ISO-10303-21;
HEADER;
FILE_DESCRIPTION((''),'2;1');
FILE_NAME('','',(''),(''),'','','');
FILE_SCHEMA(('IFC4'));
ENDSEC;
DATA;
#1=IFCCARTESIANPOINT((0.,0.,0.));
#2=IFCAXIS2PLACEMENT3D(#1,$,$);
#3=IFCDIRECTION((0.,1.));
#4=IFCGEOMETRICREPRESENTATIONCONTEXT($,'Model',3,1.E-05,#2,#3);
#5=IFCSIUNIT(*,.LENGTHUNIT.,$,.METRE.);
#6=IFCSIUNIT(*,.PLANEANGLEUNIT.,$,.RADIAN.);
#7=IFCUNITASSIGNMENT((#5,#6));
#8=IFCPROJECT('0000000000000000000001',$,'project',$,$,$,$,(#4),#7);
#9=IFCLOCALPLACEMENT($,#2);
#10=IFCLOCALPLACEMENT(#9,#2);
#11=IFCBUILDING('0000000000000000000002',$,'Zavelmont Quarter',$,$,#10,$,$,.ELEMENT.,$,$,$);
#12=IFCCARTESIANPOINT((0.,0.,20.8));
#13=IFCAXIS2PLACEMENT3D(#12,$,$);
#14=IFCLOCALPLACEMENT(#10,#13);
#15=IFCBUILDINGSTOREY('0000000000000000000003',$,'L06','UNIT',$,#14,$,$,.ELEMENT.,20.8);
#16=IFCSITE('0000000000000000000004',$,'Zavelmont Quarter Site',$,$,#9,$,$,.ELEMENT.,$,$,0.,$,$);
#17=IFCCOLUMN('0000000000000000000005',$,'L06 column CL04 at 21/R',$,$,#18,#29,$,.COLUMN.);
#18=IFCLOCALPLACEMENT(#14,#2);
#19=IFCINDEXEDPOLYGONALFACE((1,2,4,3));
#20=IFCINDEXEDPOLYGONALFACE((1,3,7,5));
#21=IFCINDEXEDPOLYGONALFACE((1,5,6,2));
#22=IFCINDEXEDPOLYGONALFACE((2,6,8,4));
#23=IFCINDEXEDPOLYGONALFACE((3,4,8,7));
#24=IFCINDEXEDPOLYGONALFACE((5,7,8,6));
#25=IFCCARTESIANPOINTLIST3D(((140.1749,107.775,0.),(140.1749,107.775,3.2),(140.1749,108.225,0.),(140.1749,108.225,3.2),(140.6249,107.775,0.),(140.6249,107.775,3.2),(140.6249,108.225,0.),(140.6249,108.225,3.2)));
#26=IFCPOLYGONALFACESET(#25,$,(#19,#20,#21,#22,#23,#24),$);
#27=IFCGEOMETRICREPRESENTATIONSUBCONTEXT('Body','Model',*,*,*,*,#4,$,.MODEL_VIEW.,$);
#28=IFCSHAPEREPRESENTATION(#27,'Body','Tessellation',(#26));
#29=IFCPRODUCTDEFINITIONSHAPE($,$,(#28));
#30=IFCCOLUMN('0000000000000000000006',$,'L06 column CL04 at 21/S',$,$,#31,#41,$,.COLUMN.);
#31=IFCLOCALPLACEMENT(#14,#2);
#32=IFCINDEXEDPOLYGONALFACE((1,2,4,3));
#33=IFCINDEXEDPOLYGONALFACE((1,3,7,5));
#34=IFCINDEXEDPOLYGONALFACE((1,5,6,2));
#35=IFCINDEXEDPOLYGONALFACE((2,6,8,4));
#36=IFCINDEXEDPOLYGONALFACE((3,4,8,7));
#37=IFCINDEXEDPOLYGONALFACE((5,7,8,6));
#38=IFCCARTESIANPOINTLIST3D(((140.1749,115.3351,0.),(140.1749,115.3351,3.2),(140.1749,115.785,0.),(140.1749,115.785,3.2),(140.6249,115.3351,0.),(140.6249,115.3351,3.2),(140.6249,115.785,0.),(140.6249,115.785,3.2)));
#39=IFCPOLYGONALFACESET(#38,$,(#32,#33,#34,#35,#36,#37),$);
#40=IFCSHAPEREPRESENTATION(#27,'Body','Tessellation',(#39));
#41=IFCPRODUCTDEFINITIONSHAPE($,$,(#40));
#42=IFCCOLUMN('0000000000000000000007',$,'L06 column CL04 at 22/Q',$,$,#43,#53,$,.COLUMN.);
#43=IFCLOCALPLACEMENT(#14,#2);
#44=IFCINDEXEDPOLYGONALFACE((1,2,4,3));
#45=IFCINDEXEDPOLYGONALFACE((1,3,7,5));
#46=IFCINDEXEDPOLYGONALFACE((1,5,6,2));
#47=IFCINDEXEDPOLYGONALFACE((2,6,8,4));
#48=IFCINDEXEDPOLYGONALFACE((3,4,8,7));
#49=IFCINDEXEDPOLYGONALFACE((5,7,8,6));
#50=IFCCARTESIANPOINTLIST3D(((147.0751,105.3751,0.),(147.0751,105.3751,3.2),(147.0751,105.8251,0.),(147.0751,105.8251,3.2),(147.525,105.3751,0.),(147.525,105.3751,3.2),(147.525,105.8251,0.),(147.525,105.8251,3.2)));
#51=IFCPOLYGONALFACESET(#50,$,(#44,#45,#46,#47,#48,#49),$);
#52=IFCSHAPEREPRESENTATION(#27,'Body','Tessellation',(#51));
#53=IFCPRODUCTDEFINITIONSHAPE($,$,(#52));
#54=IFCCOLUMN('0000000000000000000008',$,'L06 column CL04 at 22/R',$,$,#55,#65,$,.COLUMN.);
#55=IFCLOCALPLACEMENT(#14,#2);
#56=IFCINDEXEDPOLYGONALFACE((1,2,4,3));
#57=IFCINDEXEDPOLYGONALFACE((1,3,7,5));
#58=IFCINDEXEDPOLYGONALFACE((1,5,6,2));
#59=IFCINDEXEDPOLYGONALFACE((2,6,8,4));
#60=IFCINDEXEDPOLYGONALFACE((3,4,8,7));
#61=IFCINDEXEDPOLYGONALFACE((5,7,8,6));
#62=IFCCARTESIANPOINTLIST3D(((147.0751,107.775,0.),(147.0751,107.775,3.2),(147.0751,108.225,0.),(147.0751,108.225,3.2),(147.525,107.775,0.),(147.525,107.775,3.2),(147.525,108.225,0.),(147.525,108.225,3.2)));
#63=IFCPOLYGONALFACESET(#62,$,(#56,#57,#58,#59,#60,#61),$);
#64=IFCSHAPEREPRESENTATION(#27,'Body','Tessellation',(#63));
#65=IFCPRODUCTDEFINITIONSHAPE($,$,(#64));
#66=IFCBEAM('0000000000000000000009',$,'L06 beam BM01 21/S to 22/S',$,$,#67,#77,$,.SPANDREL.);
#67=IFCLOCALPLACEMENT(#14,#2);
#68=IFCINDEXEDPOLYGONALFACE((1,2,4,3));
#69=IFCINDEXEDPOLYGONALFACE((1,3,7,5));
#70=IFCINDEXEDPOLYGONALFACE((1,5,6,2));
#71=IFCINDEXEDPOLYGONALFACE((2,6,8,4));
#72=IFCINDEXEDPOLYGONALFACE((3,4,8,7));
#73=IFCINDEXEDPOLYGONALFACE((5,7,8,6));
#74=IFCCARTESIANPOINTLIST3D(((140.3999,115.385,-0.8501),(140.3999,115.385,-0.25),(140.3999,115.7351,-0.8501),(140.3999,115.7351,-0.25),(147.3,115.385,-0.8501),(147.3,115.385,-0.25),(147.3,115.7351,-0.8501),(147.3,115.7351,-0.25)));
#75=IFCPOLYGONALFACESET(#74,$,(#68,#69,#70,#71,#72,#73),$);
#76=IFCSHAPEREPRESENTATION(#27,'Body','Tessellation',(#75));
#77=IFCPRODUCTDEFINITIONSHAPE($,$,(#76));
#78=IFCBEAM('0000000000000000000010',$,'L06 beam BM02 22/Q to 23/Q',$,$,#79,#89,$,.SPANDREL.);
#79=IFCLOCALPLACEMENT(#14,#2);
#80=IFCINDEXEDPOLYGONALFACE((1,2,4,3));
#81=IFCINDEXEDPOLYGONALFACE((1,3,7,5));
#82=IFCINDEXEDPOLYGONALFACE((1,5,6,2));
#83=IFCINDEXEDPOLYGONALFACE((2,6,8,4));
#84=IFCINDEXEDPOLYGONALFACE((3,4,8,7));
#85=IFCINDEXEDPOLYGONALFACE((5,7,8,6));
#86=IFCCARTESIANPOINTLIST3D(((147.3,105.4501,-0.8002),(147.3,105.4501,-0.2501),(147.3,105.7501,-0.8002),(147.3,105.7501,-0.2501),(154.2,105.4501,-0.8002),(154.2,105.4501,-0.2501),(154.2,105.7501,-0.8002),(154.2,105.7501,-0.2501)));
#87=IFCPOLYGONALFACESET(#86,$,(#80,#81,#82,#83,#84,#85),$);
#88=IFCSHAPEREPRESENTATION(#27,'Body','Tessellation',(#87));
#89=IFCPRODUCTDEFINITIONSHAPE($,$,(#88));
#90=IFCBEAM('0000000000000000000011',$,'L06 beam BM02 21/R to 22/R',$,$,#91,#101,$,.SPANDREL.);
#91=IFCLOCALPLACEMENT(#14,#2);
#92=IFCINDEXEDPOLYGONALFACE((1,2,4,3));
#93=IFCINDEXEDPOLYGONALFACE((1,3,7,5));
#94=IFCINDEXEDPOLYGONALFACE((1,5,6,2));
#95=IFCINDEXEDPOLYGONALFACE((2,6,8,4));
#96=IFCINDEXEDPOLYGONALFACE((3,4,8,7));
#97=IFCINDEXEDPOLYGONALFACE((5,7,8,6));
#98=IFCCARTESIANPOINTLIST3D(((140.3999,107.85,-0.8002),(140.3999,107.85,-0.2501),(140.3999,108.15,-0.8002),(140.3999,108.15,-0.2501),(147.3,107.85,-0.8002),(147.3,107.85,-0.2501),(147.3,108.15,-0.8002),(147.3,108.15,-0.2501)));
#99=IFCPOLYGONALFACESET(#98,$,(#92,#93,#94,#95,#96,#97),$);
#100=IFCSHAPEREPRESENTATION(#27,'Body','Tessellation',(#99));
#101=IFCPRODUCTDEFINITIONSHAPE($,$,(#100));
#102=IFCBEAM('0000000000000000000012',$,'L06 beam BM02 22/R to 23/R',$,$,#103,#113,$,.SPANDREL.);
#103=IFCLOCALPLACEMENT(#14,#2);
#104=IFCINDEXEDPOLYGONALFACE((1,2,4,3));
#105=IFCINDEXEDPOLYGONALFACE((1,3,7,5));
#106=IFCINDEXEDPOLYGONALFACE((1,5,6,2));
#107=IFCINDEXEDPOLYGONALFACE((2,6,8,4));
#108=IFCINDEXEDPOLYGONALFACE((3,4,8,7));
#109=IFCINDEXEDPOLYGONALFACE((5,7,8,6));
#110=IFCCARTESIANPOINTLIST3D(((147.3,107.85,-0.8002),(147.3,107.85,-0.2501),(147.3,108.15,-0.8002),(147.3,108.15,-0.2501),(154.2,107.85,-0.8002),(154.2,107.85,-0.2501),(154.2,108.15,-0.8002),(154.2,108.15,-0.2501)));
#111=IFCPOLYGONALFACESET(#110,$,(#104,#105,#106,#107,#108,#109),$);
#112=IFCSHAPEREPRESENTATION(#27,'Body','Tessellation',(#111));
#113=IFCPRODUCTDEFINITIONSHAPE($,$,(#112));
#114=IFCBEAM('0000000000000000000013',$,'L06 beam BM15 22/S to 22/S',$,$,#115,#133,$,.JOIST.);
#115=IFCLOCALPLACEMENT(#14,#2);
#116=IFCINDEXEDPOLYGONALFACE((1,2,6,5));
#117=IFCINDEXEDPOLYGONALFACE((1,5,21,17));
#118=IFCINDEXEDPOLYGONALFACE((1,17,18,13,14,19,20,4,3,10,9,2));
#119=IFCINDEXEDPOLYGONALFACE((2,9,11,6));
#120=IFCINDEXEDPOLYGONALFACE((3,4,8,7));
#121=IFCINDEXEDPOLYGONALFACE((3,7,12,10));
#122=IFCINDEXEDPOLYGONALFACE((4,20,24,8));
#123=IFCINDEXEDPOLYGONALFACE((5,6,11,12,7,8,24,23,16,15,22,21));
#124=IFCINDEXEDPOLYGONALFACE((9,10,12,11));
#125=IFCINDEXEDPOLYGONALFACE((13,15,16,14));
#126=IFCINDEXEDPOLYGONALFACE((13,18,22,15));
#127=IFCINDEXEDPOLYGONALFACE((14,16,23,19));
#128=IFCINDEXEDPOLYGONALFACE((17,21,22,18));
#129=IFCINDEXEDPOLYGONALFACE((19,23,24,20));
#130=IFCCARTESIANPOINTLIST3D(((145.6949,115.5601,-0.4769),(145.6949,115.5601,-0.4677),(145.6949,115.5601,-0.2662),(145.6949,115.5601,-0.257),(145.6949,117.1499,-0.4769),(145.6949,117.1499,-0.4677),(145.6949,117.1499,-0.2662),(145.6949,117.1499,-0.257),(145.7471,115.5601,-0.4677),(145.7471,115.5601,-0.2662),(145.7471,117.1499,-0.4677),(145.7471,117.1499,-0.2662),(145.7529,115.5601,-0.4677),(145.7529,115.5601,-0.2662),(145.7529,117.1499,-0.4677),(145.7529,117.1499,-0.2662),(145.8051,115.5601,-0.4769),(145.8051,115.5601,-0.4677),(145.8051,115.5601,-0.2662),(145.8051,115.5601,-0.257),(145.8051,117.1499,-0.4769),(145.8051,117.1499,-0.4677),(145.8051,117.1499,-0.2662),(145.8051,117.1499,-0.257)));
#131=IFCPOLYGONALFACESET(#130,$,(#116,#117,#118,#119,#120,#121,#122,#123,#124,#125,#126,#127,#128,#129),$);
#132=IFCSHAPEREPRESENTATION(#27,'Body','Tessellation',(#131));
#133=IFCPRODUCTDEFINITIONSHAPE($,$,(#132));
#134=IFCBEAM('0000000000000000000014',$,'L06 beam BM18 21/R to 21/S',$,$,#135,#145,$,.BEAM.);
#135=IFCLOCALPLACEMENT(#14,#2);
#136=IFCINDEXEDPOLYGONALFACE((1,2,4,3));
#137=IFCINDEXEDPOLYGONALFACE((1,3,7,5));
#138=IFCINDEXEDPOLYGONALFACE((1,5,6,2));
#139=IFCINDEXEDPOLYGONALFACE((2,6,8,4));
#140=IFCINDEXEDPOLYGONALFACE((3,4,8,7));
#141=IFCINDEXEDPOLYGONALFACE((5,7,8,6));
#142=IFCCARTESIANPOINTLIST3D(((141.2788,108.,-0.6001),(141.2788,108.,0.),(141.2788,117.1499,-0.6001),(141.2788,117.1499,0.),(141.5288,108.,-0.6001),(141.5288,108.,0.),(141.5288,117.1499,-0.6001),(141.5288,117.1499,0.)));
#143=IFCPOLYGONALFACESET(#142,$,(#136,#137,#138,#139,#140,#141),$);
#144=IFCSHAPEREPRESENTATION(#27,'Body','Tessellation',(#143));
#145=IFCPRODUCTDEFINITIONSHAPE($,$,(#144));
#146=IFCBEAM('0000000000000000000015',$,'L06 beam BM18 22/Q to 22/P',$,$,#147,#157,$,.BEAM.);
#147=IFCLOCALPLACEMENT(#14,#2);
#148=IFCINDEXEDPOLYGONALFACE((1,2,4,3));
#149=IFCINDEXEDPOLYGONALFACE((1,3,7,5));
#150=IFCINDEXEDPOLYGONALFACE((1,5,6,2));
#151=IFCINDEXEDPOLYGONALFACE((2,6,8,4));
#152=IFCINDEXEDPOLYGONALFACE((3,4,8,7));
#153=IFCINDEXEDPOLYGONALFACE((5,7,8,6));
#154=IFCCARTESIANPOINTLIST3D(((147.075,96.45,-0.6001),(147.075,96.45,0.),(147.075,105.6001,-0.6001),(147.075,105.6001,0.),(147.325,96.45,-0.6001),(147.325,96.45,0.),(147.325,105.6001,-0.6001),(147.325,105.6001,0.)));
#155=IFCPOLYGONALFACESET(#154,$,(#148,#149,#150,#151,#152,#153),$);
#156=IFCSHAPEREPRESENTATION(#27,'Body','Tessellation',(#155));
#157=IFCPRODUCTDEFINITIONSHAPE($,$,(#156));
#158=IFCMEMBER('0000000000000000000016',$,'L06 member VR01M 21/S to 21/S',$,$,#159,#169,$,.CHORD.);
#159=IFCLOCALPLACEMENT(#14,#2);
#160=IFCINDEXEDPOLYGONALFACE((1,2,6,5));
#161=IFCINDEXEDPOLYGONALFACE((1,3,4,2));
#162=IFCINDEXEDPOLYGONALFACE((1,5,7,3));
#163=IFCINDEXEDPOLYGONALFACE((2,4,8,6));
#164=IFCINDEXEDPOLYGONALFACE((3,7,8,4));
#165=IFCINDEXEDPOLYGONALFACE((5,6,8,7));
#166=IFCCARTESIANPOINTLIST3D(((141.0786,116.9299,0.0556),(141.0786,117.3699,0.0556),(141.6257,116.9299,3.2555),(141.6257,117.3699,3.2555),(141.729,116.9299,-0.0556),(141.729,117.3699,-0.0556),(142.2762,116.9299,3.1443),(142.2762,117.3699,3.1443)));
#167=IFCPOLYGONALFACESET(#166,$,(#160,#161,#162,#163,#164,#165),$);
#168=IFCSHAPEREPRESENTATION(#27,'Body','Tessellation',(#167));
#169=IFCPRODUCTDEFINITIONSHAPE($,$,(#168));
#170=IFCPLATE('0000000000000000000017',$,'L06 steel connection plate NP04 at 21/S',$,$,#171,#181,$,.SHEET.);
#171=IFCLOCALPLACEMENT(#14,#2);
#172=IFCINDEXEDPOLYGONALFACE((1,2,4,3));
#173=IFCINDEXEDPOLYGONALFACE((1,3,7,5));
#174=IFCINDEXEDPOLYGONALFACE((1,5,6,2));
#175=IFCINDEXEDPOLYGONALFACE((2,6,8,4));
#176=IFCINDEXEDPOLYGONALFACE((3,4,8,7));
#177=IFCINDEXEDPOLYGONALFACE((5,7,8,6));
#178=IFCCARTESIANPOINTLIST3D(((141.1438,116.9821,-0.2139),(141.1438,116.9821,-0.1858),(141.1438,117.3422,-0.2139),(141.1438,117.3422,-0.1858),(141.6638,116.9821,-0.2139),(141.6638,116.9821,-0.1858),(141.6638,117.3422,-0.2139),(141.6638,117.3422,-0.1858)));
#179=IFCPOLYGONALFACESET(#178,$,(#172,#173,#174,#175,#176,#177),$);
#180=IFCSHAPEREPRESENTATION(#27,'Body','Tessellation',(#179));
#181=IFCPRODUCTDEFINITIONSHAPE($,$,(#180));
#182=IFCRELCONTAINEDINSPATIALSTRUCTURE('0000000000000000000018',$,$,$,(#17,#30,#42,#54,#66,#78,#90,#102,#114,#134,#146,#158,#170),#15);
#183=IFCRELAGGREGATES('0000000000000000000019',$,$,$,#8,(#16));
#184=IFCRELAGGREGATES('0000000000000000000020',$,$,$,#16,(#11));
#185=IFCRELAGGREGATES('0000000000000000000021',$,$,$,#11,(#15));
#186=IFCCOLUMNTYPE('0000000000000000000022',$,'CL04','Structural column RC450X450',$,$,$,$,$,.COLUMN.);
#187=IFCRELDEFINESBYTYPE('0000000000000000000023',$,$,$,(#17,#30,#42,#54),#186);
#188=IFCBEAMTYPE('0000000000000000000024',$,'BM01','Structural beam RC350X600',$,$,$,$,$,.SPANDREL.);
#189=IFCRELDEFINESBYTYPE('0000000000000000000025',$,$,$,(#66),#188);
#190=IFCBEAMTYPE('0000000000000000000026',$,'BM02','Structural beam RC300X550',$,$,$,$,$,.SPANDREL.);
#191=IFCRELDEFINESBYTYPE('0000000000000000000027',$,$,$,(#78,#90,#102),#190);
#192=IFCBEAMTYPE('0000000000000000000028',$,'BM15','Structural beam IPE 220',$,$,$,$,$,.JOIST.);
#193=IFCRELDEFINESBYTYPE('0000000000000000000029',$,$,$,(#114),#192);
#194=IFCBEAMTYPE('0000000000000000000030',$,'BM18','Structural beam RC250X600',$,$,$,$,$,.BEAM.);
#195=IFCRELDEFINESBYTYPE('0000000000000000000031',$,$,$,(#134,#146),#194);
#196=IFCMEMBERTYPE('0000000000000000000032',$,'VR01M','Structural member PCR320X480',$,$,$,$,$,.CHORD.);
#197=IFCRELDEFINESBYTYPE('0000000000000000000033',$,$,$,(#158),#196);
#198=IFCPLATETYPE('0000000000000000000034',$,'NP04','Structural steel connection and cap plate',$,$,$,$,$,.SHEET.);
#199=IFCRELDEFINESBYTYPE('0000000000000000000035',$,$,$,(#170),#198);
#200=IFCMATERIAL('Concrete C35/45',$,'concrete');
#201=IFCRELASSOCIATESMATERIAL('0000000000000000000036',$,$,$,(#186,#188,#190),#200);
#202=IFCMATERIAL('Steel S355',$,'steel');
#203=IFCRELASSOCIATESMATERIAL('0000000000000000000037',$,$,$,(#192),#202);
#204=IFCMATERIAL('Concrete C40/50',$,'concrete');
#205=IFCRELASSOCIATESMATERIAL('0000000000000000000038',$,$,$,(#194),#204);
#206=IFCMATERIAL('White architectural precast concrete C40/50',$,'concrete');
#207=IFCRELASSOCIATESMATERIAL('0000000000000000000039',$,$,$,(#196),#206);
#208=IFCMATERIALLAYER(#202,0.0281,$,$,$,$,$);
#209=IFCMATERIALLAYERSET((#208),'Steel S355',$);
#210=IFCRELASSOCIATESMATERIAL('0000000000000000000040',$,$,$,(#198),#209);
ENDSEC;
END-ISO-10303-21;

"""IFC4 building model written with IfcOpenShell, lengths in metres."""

from ifc_helpers import new_model, si_unit, direction, frame, origin, origin_2d, place, context, subcontext, project, spatial, rectangle, i_section, extrude, material, layer, layer_set, material_profile, profile_set, type_object, element, save


model = new_model("IFC4")

# Units and contexts
model_context = context("Model", 3, precision=1e-05, world=origin(), true_north=direction((0.0, 1.0)))
body_context = subcontext(model_context, "Body", "Model", "MODEL_VIEW")
ifc_project = project(units=[si_unit("LENGTHUNIT", "METRE"), si_unit("PLANEANGLEUNIT", "RADIAN")], contexts=[model_context])

# Site, building, storey
site_placement = place(None, origin())
site = spatial("IfcSite", under=ifc_project, at=site_placement, Name="Zavelmont Quarter Site", CompositionType="ELEMENT", RefElevation=0.0)
building_placement = place(site_placement, origin())
building = spatial("IfcBuilding", under=site, at=building_placement, Name="Zavelmont Quarter", CompositionType="ELEMENT")
storey_placement = place(building_placement, frame((0.0, 0.0, 20.8)))
storey = spatial("IfcBuildingStorey", under=building, at=storey_placement, Name="L06", Description="UNIT", CompositionType="ELEMENT", Elevation=20.8)

# Columns
ifc_material_1 = material(Name="Concrete C35/45", Category="concrete")
ifc_material_profile_1 = material_profile(ifc_material_1, rectangle(XDim=0.45, YDim=0.45, at=origin_2d()), Name="RC450X450")
ifc_profile_set_1 = profile_set([ifc_material_profile_1], Name="Concrete C35/45")
column_type = type_object("IfcColumnType", Name="CL04", Description="Structural column RC450X450", PredefinedType="COLUMN", material=ifc_profile_set_1)
for number, where, z_axis, x_axis, name in (
    (1, (140.3999, 108.0, 0.0), (0.0, 0.0, 1.0), (1.0, 0.0, 0.0), "L06 column CL04 at 21/R"),
    (2, (140.3999, 115.5601, 0.0), (0.0, 0.0, 1.0), (1.0, 0.0, 0.0), "L06 column CL04 at 21/S"),
    (3, (147.3, 105.6001, 0.0), (0.0, 0.0, 1.0), (1.0, 0.0, 0.0), "L06 column CL04 at 22/Q"),
    (4, (147.3, 108.0, 0.0), (0.0, 0.0, 1.0), (1.0, 0.0, 0.0), "L06 column CL04 at 22/R"),
):
    element("IfcColumn", number, at=place(storey_placement, frame(where, z_axis=z_axis, x_axis=x_axis)), inside=storey, type_object=column_type, Name=name, PredefinedType="COLUMN", context=body_context, shape_type="SweptSolid", body=[
        extrude(rectangle(XDim=0.45, YDim=0.45, at=origin_2d()), origin(), (0.0, 0.0, 1.0), 3.2),
    ])

# Beams
ifc_material_profile_2 = material_profile(ifc_material_1, rectangle(XDim=0.3501, YDim=0.6001, at=origin_2d()), Name="RC350X600")
ifc_profile_set_2 = profile_set([ifc_material_profile_2], Name="Concrete C35/45")
beam_type_1 = type_object("IfcBeamType", Name="BM01", Description="Structural beam RC350X600", PredefinedType="SPANDREL", material=ifc_profile_set_2)
beam_1_placement = place(storey_placement, frame((140.3999, 115.5601, -0.55), z_axis=(1.0, 0.0, 0.0), x_axis=(0.0, 1.0, 0.0)))
element("IfcBeam", 5, at=beam_1_placement, inside=storey, type_object=beam_type_1, Name="L06 beam BM01 21/S to 22/S", PredefinedType="SPANDREL", context=body_context, shape_type="SweptSolid", body=[
    extrude(rectangle(XDim=0.3501, YDim=0.6001, at=origin_2d()), origin(), (0.0, 0.0, 1.0), 6.9001),
])
ifc_material_profile_3 = material_profile(ifc_material_1, rectangle(XDim=0.3, YDim=0.55, at=origin_2d()), Name="RC300X550")
ifc_profile_set_3 = profile_set([ifc_material_profile_3], Name="Concrete C35/45")
beam_type_2 = type_object("IfcBeamType", Name="BM02", Description="Structural beam RC300X550", PredefinedType="SPANDREL", material=ifc_profile_set_3)
beam_2_placement = place(storey_placement, frame((147.3, 105.6001, -0.5251), z_axis=(1.0, 0.0, 0.0), x_axis=(0.0, 1.0, 0.0)))
element("IfcBeam", 6, at=beam_2_placement, inside=storey, type_object=beam_type_2, Name="L06 beam BM02 22/Q to 23/Q", PredefinedType="SPANDREL", context=body_context, shape_type="SweptSolid", body=[
    extrude(rectangle(XDim=0.3, YDim=0.55, at=origin_2d()), origin(), (0.0, 0.0, 1.0), 6.8999),
])
beam_3_placement = place(storey_placement, frame((140.3999, 108.0, -0.5251), z_axis=(1.0, 0.0, 0.0), x_axis=(0.0, 1.0, 0.0)))
element("IfcBeam", 7, at=beam_3_placement, inside=storey, type_object=beam_type_2, Name="L06 beam BM02 21/R to 22/R", PredefinedType="SPANDREL", context=body_context, shape_type="SweptSolid", body=[
    extrude(rectangle(XDim=0.3, YDim=0.55, at=origin_2d()), origin(), (0.0, 0.0, 1.0), 6.9001),
])
beam_4_placement = place(storey_placement, frame((147.3, 108.0, -0.5251), z_axis=(1.0, 0.0, 0.0), x_axis=(0.0, 1.0, 0.0)))
element("IfcBeam", 8, at=beam_4_placement, inside=storey, type_object=beam_type_2, Name="L06 beam BM02 22/R to 23/R", PredefinedType="SPANDREL", context=body_context, shape_type="SweptSolid", body=[
    extrude(rectangle(XDim=0.3, YDim=0.55, at=origin_2d()), origin(), (0.0, 0.0, 1.0), 6.8999),
])
ifc_material_2 = material(Name="Steel S355", Category="steel")
ifc_material_profile_4 = material_profile(ifc_material_2, i_section(OverallWidth=0.1101, OverallDepth=0.22, WebThickness=0.0059, FlangeThickness=0.0093, at=origin_2d()), Name="IPE 220")
ifc_profile_set_4 = profile_set([ifc_material_profile_4], Name="Steel S355")
beam_type_3 = type_object("IfcBeamType", Name="BM15", Description="Structural beam IPE 220", PredefinedType="JOIST", material=ifc_profile_set_4)
beam_5_placement = place(storey_placement, frame((145.75, 115.5601, -0.3669), z_axis=(0.0, 1.0, 0.0), x_axis=(-1.0, 0.0, 0.0)))
element("IfcBeam", 9, at=beam_5_placement, inside=storey, type_object=beam_type_3, Name="L06 beam BM15 22/S to 22/S", PredefinedType="JOIST", context=body_context, shape_type="SweptSolid", body=[
    extrude(i_section(OverallWidth=0.1101, OverallDepth=0.22, WebThickness=0.0059, FlangeThickness=0.0093, at=origin_2d()), origin(), (0.0, 0.0, 1.0), 1.5898),
])
ifc_material_3 = material(Name="Concrete C40/50", Category="concrete")
ifc_material_profile_5 = material_profile(ifc_material_3, rectangle(XDim=0.25, YDim=0.6001, at=origin_2d()), Name="RC250X600")
ifc_profile_set_5 = profile_set([ifc_material_profile_5], Name="Concrete C40/50")
beam_type_4 = type_object("IfcBeamType", Name="BM18", Description="Structural beam RC250X600", PredefinedType="BEAM", material=ifc_profile_set_5)
beam_6_placement = place(storey_placement, frame((141.4038, 108.0, -0.3), z_axis=(0.0, 1.0, 0.0), x_axis=(-1.0, 0.0, 0.0)))
element("IfcBeam", 10, at=beam_6_placement, inside=storey, type_object=beam_type_4, Name="L06 beam BM18 21/R to 21/S", PredefinedType="BEAM", context=body_context, shape_type="SweptSolid", body=[
    extrude(rectangle(XDim=0.25, YDim=0.6001, at=origin_2d()), origin(), (0.0, 0.0, 1.0), 9.1499),
])
beam_7_placement = place(storey_placement, frame((147.2, 105.6001, -0.3), z_axis=(0.0, -1.0, 0.0), x_axis=(1.0, 0.0, 0.0)))
element("IfcBeam", 11, at=beam_7_placement, inside=storey, type_object=beam_type_4, Name="L06 beam BM18 22/Q to 22/P", PredefinedType="BEAM", context=body_context, shape_type="SweptSolid", body=[
    extrude(rectangle(XDim=0.25, YDim=0.6001, at=origin_2d()), origin(), (0.0, 0.0, 1.0), 9.1501),
])

# Member
ifc_material_4 = material(Name="White architectural precast concrete C40/50", Category="concrete")
ifc_material_profile_6 = material_profile(ifc_material_4, rectangle(XDim=0.4399, YDim=0.6599, at=origin_2d()), Name="PCR320X480")
ifc_profile_set_6 = profile_set([ifc_material_profile_6], Name="White architectural precast concrete C40/50")
member_type = type_object("IfcMemberType", Name="VR01M", Description="Structural member PCR320X480", PredefinedType="CHORD", material=ifc_profile_set_6)
member_placement = place(storey_placement, frame((141.4038, 117.1499, 0.0), z_axis=(0.168532, 0.0, 0.985696), x_axis=(0.0, 1.0, 0.0)))
element("IfcMember", 12, at=member_placement, inside=storey, type_object=member_type, Name="L06 member VR01M 21/S to 21/S", PredefinedType="CHORD", context=body_context, shape_type="SweptSolid", body=[
    extrude(rectangle(XDim=0.4399, YDim=0.6599, at=origin_2d()), origin(), (0.0, 0.0, 1.0), 3.2463),
])

# Plate
ifc_layer_1 = layer(ifc_material_2, 0.0281)
ifc_layer_set_1 = layer_set([ifc_layer_1], Name="Steel S355")
plate_type = type_object("IfcPlateType", Name="NP04", Description="Structural steel connection and cap plate", PredefinedType="SHEET", material=ifc_layer_set_1)
plate_placement = place(storey_placement, frame((141.4038, 117.1621, -0.2139), z_axis=(0.0, 0.0, 1.0), x_axis=(1.0, 0.0, 0.0)))
element("IfcPlate", 13, at=plate_placement, inside=storey, type_object=plate_type, Name="L06 steel connection plate NP04 at 21/S", PredefinedType="SHEET", context=body_context, shape_type="SweptSolid", body=[
    extrude(rectangle(XDim=0.52, YDim=0.3601, at=origin_2d()), origin(), (0.0, 0.0, 1.0), 0.0281),
])

save(model, "model.ifc")
